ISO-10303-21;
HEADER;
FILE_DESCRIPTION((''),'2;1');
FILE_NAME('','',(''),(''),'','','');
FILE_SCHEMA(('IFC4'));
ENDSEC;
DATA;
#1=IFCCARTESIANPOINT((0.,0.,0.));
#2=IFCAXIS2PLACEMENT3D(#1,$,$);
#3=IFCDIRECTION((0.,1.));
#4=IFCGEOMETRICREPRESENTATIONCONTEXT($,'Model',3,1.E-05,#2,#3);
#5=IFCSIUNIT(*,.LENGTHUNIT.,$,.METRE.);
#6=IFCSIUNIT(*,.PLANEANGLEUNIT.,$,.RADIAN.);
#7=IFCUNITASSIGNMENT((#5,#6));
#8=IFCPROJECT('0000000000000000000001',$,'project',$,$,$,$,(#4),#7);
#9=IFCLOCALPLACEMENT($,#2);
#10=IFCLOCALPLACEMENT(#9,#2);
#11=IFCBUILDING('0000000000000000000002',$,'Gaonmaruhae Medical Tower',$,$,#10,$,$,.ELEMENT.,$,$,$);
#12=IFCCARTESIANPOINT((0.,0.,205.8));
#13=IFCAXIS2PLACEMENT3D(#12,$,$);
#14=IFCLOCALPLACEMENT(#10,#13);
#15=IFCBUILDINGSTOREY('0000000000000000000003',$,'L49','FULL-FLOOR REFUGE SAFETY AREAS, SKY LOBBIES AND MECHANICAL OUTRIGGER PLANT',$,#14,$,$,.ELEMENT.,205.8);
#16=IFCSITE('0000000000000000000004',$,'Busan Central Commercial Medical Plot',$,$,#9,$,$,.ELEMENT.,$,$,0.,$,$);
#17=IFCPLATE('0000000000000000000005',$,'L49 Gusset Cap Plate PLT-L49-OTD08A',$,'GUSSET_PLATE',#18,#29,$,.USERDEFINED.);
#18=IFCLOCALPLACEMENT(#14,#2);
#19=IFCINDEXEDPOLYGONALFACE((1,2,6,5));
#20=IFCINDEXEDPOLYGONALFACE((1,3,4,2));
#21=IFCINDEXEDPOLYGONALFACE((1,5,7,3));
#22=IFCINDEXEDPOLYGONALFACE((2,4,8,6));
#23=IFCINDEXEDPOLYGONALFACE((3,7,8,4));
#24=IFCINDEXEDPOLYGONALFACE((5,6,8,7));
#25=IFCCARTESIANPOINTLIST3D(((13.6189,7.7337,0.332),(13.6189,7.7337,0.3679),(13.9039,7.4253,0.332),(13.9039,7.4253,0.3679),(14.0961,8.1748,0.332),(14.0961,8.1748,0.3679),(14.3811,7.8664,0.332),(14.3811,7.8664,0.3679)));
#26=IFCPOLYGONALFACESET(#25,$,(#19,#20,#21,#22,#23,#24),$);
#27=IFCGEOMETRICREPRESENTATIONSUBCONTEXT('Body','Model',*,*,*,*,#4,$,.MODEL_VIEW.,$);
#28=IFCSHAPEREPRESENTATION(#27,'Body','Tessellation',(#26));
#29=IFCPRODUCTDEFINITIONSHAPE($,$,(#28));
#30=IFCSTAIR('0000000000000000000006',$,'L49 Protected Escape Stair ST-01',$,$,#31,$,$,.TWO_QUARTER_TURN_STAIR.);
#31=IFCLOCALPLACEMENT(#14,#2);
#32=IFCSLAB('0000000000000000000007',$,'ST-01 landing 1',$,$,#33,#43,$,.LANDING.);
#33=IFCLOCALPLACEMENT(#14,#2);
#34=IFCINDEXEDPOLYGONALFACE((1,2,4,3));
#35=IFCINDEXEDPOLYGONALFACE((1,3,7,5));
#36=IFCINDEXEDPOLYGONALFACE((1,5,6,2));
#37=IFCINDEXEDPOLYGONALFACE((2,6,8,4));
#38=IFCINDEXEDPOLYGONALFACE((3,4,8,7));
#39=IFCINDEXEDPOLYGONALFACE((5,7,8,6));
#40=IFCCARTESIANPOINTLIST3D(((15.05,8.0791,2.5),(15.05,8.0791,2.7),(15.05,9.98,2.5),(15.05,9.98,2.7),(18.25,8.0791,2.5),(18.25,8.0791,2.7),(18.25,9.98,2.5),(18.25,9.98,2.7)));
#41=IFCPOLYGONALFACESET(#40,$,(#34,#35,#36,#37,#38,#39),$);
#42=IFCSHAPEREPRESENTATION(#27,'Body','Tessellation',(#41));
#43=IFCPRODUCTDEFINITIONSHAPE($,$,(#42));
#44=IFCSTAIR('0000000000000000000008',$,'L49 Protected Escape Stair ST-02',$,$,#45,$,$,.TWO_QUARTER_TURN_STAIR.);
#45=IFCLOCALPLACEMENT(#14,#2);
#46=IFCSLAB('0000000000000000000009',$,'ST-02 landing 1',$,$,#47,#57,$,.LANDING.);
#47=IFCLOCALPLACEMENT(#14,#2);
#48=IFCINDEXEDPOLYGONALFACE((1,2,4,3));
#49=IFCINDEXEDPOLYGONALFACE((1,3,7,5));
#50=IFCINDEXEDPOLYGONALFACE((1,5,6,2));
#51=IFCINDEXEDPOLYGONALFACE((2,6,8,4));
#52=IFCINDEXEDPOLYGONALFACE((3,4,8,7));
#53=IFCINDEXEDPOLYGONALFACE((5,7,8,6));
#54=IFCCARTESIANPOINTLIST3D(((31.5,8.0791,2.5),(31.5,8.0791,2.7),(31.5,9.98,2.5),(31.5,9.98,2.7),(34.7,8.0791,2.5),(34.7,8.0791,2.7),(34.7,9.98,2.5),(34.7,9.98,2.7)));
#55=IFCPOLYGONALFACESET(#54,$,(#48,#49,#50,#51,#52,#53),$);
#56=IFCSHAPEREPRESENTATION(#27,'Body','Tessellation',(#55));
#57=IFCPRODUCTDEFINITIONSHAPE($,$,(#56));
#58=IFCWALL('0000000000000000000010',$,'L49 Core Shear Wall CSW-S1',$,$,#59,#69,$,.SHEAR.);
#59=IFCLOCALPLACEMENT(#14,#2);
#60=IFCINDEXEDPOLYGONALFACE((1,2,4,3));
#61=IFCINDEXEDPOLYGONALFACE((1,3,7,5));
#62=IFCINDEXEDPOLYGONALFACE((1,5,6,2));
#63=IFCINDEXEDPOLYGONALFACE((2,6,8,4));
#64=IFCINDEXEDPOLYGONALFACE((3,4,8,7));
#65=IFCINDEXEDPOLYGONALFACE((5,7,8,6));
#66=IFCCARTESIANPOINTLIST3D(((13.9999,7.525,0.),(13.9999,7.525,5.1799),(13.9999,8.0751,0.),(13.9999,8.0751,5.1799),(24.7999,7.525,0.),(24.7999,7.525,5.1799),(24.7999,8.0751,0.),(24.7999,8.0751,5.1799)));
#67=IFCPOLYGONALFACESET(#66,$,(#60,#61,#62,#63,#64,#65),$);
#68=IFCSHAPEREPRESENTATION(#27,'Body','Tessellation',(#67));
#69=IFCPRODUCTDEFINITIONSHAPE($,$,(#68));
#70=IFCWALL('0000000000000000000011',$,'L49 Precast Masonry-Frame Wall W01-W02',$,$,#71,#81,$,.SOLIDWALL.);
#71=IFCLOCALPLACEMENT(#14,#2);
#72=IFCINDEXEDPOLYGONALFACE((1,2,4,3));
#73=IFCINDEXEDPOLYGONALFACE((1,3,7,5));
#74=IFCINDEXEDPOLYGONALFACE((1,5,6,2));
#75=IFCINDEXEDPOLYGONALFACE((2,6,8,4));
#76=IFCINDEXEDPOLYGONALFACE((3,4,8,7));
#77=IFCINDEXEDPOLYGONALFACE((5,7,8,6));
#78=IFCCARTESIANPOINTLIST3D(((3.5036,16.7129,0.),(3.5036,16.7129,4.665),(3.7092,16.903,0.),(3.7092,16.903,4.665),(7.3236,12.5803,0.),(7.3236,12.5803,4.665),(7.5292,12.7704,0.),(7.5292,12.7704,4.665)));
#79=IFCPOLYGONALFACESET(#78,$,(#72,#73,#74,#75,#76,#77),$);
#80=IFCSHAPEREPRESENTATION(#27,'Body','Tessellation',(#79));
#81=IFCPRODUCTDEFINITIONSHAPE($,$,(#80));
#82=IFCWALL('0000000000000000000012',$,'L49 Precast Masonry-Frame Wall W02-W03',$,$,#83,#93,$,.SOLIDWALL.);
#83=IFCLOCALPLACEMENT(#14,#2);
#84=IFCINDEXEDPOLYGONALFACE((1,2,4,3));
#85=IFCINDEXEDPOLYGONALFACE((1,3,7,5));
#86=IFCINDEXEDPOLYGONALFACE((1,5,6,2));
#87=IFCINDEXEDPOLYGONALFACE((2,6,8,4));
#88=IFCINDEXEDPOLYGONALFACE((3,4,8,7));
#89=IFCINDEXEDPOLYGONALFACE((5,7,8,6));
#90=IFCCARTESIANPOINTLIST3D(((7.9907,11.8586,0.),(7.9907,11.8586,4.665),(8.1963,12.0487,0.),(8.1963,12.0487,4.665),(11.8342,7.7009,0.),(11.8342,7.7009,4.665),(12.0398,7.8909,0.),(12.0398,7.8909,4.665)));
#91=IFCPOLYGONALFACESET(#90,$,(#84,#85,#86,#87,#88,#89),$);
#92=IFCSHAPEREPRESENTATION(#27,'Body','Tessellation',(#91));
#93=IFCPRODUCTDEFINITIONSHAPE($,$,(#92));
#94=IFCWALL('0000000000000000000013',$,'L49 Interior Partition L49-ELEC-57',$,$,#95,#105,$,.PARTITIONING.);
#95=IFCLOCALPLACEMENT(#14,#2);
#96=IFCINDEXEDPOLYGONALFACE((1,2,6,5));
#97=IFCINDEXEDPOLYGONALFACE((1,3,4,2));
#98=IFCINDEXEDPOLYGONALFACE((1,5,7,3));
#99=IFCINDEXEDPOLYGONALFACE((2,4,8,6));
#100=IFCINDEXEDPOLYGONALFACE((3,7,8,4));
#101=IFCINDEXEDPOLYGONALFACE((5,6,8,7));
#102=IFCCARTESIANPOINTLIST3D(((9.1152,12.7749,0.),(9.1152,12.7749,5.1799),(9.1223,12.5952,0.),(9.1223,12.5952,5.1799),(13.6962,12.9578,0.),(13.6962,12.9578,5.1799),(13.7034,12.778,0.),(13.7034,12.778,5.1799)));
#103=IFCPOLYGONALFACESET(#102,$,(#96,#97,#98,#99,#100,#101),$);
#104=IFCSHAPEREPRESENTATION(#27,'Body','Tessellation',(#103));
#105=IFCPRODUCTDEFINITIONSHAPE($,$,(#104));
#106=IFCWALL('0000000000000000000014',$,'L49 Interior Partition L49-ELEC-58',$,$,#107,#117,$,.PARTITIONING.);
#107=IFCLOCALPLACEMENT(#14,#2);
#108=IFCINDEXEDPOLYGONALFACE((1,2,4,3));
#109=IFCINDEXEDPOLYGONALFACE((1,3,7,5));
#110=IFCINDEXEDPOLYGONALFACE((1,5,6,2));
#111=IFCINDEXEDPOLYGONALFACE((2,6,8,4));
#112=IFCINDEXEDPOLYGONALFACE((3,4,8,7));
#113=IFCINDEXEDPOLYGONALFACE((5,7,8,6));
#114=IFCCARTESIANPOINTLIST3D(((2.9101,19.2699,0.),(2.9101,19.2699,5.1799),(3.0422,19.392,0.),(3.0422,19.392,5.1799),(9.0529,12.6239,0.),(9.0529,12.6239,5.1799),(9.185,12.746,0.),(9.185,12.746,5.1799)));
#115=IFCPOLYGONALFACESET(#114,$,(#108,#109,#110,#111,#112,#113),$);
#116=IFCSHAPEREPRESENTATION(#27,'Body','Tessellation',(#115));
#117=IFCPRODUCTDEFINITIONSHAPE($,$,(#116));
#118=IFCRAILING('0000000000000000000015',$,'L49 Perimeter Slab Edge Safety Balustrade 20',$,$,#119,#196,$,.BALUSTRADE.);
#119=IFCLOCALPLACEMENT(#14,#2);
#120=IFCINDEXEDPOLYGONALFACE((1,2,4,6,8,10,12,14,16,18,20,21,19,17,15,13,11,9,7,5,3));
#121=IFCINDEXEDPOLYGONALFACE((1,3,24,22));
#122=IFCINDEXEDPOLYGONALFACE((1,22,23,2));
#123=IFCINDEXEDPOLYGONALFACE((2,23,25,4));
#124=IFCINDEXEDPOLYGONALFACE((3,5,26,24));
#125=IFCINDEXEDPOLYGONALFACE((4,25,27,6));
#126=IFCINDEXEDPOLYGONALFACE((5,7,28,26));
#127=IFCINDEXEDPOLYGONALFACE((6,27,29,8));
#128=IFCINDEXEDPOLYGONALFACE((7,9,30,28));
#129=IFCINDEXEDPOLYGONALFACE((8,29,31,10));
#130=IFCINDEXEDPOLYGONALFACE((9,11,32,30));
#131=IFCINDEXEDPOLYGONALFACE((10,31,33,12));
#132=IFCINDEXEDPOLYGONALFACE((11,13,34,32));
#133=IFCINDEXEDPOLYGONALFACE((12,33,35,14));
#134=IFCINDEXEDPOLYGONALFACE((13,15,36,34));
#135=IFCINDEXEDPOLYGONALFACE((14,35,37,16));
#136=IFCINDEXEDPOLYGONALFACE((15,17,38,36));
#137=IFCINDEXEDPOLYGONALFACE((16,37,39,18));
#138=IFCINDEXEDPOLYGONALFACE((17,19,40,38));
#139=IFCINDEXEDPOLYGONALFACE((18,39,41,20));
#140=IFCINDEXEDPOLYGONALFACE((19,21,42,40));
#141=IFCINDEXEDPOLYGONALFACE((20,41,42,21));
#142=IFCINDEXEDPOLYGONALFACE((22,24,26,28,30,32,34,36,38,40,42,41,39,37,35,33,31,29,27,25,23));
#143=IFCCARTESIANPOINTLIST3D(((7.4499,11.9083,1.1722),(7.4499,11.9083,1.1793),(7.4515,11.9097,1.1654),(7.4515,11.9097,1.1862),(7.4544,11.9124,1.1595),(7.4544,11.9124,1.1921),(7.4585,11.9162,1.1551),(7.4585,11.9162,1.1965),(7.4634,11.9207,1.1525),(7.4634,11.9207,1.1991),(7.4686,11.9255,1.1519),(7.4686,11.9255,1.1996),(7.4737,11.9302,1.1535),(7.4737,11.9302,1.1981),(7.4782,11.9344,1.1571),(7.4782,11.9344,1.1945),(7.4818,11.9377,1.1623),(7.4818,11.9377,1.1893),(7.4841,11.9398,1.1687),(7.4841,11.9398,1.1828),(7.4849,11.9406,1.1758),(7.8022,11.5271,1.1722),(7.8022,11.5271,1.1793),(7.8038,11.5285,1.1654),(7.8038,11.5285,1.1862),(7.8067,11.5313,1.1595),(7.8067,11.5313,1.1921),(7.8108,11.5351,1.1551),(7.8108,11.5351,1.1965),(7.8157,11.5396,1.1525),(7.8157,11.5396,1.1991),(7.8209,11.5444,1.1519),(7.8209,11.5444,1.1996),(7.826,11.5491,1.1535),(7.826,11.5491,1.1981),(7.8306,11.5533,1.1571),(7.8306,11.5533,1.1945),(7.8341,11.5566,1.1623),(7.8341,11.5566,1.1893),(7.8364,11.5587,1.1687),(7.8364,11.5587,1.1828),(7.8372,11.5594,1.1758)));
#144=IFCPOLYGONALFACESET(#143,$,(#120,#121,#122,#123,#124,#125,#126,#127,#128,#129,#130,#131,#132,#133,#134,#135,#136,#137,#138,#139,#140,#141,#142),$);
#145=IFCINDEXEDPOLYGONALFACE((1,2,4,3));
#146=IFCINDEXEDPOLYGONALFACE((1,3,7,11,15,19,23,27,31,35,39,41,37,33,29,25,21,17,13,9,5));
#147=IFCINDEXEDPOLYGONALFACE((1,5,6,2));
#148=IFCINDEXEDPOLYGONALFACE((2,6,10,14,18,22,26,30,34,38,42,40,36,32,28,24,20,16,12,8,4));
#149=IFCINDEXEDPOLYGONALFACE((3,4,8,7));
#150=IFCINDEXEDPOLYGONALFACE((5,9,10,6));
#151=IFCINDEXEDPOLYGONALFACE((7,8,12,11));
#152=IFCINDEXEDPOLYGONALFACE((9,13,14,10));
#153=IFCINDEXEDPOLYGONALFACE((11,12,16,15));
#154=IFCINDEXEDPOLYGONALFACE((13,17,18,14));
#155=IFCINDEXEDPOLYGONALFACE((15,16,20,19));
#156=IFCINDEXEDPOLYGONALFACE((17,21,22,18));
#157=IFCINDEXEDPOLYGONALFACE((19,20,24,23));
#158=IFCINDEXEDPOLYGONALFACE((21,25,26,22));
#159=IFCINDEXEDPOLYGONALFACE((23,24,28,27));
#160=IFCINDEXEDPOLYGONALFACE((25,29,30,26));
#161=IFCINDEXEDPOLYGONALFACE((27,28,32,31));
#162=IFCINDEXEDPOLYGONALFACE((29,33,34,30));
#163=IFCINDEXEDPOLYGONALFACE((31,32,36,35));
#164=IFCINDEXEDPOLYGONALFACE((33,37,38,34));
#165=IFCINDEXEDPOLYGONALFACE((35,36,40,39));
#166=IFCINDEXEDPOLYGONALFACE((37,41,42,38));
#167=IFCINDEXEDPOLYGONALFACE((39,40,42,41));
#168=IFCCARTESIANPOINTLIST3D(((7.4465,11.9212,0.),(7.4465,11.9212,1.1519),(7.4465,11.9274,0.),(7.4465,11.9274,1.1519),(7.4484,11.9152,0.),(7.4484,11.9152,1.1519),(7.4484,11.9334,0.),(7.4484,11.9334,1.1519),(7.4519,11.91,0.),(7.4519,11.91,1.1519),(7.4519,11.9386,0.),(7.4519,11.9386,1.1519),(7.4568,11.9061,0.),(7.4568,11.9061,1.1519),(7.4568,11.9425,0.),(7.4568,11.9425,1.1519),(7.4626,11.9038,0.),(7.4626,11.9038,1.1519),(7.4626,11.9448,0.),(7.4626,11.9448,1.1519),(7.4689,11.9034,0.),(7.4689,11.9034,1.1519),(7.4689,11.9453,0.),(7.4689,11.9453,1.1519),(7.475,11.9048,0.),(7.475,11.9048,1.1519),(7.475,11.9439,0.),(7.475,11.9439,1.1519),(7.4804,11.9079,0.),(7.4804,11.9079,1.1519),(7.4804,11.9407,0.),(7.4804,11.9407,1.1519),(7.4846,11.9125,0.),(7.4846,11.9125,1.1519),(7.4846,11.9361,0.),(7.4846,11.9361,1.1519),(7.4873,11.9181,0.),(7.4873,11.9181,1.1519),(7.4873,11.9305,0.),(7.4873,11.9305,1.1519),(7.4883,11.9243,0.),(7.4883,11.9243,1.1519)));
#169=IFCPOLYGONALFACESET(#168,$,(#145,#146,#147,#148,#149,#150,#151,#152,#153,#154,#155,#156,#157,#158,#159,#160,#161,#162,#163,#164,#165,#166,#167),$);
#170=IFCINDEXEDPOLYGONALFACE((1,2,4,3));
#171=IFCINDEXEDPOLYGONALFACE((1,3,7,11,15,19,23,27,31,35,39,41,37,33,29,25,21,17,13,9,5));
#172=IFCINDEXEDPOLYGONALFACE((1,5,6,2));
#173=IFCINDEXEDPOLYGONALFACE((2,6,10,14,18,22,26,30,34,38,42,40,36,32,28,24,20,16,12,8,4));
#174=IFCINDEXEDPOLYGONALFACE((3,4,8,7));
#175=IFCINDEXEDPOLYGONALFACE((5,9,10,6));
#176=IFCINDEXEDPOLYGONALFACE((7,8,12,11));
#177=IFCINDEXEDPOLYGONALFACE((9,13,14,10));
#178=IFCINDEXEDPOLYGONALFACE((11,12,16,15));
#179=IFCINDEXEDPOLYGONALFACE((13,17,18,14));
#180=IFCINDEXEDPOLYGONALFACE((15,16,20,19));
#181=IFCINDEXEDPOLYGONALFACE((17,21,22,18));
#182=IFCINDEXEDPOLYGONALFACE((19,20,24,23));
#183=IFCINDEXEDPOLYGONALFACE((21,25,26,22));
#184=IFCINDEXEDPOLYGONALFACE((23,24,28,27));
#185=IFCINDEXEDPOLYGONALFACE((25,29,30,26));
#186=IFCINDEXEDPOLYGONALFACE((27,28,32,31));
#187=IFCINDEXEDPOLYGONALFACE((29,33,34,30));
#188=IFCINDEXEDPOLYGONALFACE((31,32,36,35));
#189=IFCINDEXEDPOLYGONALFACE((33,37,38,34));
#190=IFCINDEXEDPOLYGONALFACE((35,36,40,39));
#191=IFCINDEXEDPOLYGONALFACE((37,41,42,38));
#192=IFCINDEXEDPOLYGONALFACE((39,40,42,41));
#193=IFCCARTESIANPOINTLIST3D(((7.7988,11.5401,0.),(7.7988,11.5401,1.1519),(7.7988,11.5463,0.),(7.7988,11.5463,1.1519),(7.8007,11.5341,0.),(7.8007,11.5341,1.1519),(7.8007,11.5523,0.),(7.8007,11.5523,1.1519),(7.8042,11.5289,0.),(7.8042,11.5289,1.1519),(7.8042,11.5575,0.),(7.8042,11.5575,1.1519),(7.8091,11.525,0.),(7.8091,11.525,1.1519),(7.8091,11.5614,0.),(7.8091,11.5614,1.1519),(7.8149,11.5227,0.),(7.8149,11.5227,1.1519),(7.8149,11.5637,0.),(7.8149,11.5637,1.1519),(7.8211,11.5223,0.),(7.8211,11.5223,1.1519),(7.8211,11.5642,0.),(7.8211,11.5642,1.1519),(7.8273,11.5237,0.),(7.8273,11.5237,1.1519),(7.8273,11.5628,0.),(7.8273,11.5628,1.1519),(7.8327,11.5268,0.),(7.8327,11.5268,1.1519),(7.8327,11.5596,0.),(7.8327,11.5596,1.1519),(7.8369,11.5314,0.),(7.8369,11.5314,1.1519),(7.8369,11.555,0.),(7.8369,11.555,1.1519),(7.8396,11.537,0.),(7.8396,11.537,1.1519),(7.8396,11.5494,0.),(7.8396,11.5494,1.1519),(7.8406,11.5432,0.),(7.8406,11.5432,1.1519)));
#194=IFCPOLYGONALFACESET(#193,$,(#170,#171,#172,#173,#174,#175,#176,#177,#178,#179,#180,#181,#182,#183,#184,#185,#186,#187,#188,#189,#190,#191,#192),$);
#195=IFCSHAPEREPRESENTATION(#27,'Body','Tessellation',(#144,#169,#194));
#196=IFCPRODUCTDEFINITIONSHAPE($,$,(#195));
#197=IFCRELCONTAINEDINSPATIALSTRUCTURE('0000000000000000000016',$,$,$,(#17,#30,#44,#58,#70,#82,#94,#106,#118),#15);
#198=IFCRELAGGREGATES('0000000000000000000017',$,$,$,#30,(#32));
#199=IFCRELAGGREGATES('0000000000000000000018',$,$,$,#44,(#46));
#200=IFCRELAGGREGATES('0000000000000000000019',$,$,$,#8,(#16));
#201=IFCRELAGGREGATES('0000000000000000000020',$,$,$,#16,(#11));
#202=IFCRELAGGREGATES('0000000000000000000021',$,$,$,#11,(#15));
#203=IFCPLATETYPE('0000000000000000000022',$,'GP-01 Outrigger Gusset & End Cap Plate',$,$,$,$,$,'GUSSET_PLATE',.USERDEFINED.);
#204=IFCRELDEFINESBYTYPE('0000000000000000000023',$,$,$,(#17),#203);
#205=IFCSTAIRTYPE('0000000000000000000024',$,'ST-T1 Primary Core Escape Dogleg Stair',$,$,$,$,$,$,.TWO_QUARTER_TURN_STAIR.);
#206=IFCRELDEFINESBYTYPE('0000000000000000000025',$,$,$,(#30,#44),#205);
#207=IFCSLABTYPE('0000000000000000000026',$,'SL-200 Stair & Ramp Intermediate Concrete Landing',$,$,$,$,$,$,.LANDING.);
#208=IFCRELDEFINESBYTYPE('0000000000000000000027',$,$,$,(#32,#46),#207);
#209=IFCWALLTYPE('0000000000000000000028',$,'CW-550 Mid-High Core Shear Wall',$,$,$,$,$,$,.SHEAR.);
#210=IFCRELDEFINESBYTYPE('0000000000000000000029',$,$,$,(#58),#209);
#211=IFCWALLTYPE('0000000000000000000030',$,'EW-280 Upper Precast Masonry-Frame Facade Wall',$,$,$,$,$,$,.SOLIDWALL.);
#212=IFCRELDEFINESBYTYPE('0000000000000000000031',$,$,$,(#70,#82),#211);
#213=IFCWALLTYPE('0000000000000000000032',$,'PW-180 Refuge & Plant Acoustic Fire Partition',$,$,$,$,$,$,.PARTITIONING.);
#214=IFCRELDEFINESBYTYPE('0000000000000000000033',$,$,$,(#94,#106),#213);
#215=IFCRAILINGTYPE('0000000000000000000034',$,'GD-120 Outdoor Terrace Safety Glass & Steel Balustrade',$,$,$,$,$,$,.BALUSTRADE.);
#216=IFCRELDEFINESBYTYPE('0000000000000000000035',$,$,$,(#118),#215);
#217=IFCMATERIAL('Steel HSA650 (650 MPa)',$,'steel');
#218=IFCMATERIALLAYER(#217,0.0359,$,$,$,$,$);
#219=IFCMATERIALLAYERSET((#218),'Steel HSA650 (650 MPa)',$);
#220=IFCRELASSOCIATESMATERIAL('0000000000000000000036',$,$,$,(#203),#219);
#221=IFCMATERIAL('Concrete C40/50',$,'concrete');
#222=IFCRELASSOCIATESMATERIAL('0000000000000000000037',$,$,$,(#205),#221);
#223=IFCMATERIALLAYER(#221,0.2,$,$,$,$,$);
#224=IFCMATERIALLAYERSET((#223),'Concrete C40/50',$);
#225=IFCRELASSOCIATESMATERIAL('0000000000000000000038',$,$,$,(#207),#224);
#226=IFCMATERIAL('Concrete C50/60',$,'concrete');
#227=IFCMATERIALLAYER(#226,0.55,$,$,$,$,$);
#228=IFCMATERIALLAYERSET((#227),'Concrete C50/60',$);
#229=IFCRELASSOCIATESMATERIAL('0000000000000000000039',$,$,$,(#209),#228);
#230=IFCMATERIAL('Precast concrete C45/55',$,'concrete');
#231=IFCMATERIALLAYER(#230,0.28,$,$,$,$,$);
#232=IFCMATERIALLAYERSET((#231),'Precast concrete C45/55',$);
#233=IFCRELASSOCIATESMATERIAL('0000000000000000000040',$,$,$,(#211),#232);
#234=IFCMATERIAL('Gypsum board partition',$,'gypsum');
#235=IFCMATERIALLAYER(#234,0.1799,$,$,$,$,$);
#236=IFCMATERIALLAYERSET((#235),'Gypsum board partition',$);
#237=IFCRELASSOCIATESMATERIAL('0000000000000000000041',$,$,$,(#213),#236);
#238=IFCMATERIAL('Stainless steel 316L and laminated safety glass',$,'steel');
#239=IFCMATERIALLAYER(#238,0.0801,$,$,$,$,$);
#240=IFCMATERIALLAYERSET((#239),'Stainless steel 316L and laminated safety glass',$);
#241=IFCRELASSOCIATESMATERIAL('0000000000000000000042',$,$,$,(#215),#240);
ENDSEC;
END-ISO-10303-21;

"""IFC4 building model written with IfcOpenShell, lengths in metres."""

from ifc_helpers import new_model, si_unit, direction, frame, frame_2d, origin, origin_2d, place, context, subcontext, project, spatial, polyline, rectangle, circle, outline, extrude, material, layer, layer_set, type_object, element, aggregate, save


model = new_model("IFC4")

# Units and contexts
model_context = context("Model", 3, precision=1e-05, world=origin(), true_north=direction((0.0, 1.0)))
body_context = subcontext(model_context, "Body", "Model", "MODEL_VIEW")
ifc_project = project(units=[si_unit("LENGTHUNIT", "METRE"), si_unit("PLANEANGLEUNIT", "RADIAN")], contexts=[model_context])

# Site, building, storey
site_placement = place(None, origin())
site = spatial("IfcSite", under=ifc_project, at=site_placement, Name="Busan Central Commercial Medical Plot", CompositionType="ELEMENT", RefElevation=0.0)
building_placement = place(site_placement, origin())
building = spatial("IfcBuilding", under=site, at=building_placement, Name="Gaonmaruhae Medical Tower", CompositionType="ELEMENT")
storey_placement = place(building_placement, frame((0.0, 0.0, 205.8)))
storey = spatial("IfcBuildingStorey", under=building, at=storey_placement, Name="L49", Description="FULL-FLOOR REFUGE SAFETY AREAS, SKY LOBBIES AND MECHANICAL OUTRIGGER PLANT", CompositionType="ELEMENT", Elevation=205.8)

# Shared definitions
ifc_material_1 = material(Name="Steel HSA650 (650 MPa)", Category="steel")

# Shared definitions
ifc_material_2 = material(Name="Concrete C40/50", Category="concrete")

# Plate
ifc_layer_1 = layer(ifc_material_1, 0.0359)
ifc_layer_set_1 = layer_set([ifc_layer_1], Name="Steel HSA650 (650 MPa)")
plate_type = type_object("IfcPlateType", Name="GP-01 Outrigger Gusset & End Cap Plate", ElementType="GUSSET_PLATE", PredefinedType="USERDEFINED", material=ifc_layer_set_1)
for number, where, z_axis, x_axis, name in (
    (1, (14.0, 7.8, 0.332), (0.0, 0.0, 1.0), (0.734323, 0.678801, 0.0), "L49 Gusset Cap Plate PLT-L49-OTD08A"),
):
    element("IfcPlate", number, at=place(storey_placement, frame(where, z_axis=z_axis, x_axis=x_axis)), inside=storey, type_object=plate_type, Name=name, ObjectType="GUSSET_PLATE", PredefinedType="USERDEFINED", context=body_context, shape_type="SweptSolid", body=[
        extrude(rectangle(XDim=0.6499, YDim=0.4199, at=origin_2d()), origin(), (0.0, 0.0, 1.0), 0.0359),
    ])

# Stairs, slabs
stair_type = type_object("IfcStairType", Name="ST-T1 Primary Core Escape Dogleg Stair", PredefinedType="TWO_QUARTER_TURN_STAIR", material=ifc_material_2)
stair_1_placement = place(storey_placement, origin())
stair_1 = element("IfcStair", 2, at=stair_1_placement, inside=storey, type_object=stair_type, Name="L49 Protected Escape Stair ST-01", PredefinedType="TWO_QUARTER_TURN_STAIR")
ifc_layer_2 = layer(ifc_material_2, 0.2)
ifc_layer_set_2 = layer_set([ifc_layer_2], Name="Concrete C40/50")
slab_type_1 = type_object("IfcSlabType", Name="SL-200 Stair & Ramp Intermediate Concrete Landing", PredefinedType="LANDING", material=ifc_layer_set_2)
slab_1_placement = place(storey_placement, frame((0.0, 0.0, 2.5)))
slab_1 = element("IfcSlab", 3, at=slab_1_placement, type_object=slab_type_1, Name="ST-01 landing 1", PredefinedType="LANDING", context=body_context, shape_type="SweptSolid", body=[
    extrude(outline(polyline([(15.05, 9.98), (15.05, 8.0791), (18.25, 8.0791), (18.25, 9.98), (15.05, 9.98)])), origin(), (0.0, 0.0, 1.0), 0.2),
])
aggregate(stair_1, [slab_1])
stair_2_placement = place(storey_placement, origin())
stair_2 = element("IfcStair", 4, at=stair_2_placement, inside=storey, type_object=stair_type, Name="L49 Protected Escape Stair ST-02", PredefinedType="TWO_QUARTER_TURN_STAIR")
slab_2_placement = place(storey_placement, frame((0.0, 0.0, 2.5)))
slab_2 = element("IfcSlab", 5, at=slab_2_placement, type_object=slab_type_1, Name="ST-02 landing 1", PredefinedType="LANDING", context=body_context, shape_type="SweptSolid", body=[
    extrude(outline(polyline([(31.5, 9.98), (31.5, 8.0791), (34.7, 8.0791), (34.7, 9.98), (31.5, 9.98)])), origin(), (0.0, 0.0, 1.0), 0.2),
])
aggregate(stair_2, [slab_2])

# Walls
ifc_material_3 = material(Name="Concrete C50/60", Category="concrete")
ifc_layer_3 = layer(ifc_material_3, 0.55)
ifc_layer_set_3 = layer_set([ifc_layer_3], Name="Concrete C50/60")
wall_type_1 = type_object("IfcWallType", Name="CW-550 Mid-High Core Shear Wall", PredefinedType="SHEAR", material=ifc_layer_set_3)
wall_1_placement = place(storey_placement, frame((14.0, 7.8, 0.0), z_axis=(0.0, 0.0, 1.0), x_axis=(1.0, 0.0, 0.0)))
element("IfcWall", 6, at=wall_1_placement, inside=storey, type_object=wall_type_1, Name="L49 Core Shear Wall CSW-S1", PredefinedType="SHEAR", context=body_context, shape_type="SweptSolid", body=[
    extrude(rectangle(XDim=10.8, YDim=0.55, at=frame_2d((5.3999, 0.0))), origin(), (0.0, 0.0, 1.0), 5.1799),
])
ifc_material_4 = material(Name="Precast concrete C45/55", Category="concrete")
ifc_layer_4 = layer(ifc_material_4, 0.28)
ifc_layer_set_4 = layer_set([ifc_layer_4], Name="Precast concrete C45/55")
wall_type_2 = type_object("IfcWallType", Name="EW-280 Upper Precast Masonry-Frame Facade Wall", PredefinedType="SOLIDWALL", material=ifc_layer_set_4)
wall_2_placement = place(storey_placement, frame((7.4265, 12.6753, 0.0), z_axis=(0.0, 0.0, 1.0), x_axis=(-0.678797, 0.734326, 0.0)))
element("IfcWall", 7, at=wall_2_placement, inside=storey, type_object=wall_type_2, Name="L49 Precast Masonry-Frame Wall W01-W02", PredefinedType="SOLIDWALL", context=body_context, shape_type="SweptSolid", body=[
    extrude(rectangle(XDim=5.6277, YDim=0.28, at=frame_2d((2.814, 0.0))), origin(), (0.0, 0.0, 1.0), 4.665),
])
wall_3_placement = place(storey_placement, frame((11.937, 7.7959, 0.0), z_axis=(0.0, 0.0, 1.0), x_axis=(-0.678815, 0.734309, 0.0)))
element("IfcWall", 8, at=wall_3_placement, inside=storey, type_object=wall_type_2, Name="L49 Precast Masonry-Frame Wall W02-W03", PredefinedType="SOLIDWALL", context=body_context, shape_type="SweptSolid", body=[
    extrude(rectangle(XDim=5.6621, YDim=0.28, at=frame_2d((2.8311, 0.0))), origin(), (0.0, 0.0, 1.0), 4.665),
])
ifc_material_5 = material(Name="Gypsum board partition", Category="gypsum")
ifc_layer_5 = layer(ifc_material_5, 0.1799)
ifc_layer_set_5 = layer_set([ifc_layer_5], Name="Gypsum board partition")
wall_type_3 = type_object("IfcWallType", Name="PW-180 Refuge & Plant Acoustic Fire Partition", PredefinedType="PARTITIONING", material=ifc_layer_set_5)
wall_4_placement = place(storey_placement, frame((13.7, 12.8679, 0.0), z_axis=(0.0, 0.0, 1.0), x_axis=(-0.999204, -0.039885, 0.0)))
element("IfcWall", 9, at=wall_4_placement, inside=storey, type_object=wall_type_3, Name="L49 Interior Partition L49-ELEC-57", PredefinedType="PARTITIONING", context=body_context, shape_type="SweptSolid", body=[
    extrude(rectangle(XDim=4.5847, YDim=0.1799, at=frame_2d((2.2925, 0.0))), origin(), (0.0, 0.0, 1.0), 5.1799),
])
wall_5_placement = place(storey_placement, frame((9.1189, 12.6851, 0.0), z_axis=(0.0, 0.0, 1.0), x_axis=(-0.678761, 0.73436, 0.0)))
element("IfcWall", 10, at=wall_5_placement, inside=storey, type_object=wall_type_3, Name="L49 Interior Partition L49-ELEC-58", PredefinedType="PARTITIONING", context=body_context, shape_type="SweptSolid", body=[
    extrude(rectangle(XDim=9.05, YDim=0.1799, at=frame_2d((4.5249, 0.0))), origin(), (0.0, 0.0, 1.0), 5.1799),
])

# Railing
ifc_material_6 = material(Name="Stainless steel 316L and laminated safety glass", Category="steel")
ifc_layer_6 = layer(ifc_material_6, 0.0801)
ifc_layer_set_6 = layer_set([ifc_layer_6], Name="Stainless steel 316L and laminated safety glass")
railing_type = type_object("IfcRailingType", Name="GD-120 Outdoor Terrace Safety Glass & Steel Balustrade", PredefinedType="BALUSTRADE", material=ifc_layer_set_6)
for number, where, name in (
    (11, (7.4673, 11.9243, 0.0), "L49 Perimeter Slab Edge Safety Balustrade 20"),
):
    element("IfcRailing", number, at=place(storey_placement, frame(where)), inside=storey, type_object=railing_type, Name=name, PredefinedType="BALUSTRADE", context=body_context, shape_type="SweptSolid", body=[
        extrude(circle(Radius=0.0239, at=origin_2d()), frame((0.0, 0.0, 1.1758), z_axis=(0.678807, -0.734316, 0.0), x_axis=(0.734316, 0.678807, 0.0)), (0.0, 0.0, 1.0), 0.519),
        extrude(circle(Radius=0.021, at=origin_2d()), origin(), (0.0, 0.0, 1.0), 1.1519),
        extrude(circle(Radius=0.021, at=origin_2d()), frame((0.3523, -0.3811, 0.0)), (0.0, 0.0, 1.0), 1.1519),
    ])

save(model, "model.ifc")
